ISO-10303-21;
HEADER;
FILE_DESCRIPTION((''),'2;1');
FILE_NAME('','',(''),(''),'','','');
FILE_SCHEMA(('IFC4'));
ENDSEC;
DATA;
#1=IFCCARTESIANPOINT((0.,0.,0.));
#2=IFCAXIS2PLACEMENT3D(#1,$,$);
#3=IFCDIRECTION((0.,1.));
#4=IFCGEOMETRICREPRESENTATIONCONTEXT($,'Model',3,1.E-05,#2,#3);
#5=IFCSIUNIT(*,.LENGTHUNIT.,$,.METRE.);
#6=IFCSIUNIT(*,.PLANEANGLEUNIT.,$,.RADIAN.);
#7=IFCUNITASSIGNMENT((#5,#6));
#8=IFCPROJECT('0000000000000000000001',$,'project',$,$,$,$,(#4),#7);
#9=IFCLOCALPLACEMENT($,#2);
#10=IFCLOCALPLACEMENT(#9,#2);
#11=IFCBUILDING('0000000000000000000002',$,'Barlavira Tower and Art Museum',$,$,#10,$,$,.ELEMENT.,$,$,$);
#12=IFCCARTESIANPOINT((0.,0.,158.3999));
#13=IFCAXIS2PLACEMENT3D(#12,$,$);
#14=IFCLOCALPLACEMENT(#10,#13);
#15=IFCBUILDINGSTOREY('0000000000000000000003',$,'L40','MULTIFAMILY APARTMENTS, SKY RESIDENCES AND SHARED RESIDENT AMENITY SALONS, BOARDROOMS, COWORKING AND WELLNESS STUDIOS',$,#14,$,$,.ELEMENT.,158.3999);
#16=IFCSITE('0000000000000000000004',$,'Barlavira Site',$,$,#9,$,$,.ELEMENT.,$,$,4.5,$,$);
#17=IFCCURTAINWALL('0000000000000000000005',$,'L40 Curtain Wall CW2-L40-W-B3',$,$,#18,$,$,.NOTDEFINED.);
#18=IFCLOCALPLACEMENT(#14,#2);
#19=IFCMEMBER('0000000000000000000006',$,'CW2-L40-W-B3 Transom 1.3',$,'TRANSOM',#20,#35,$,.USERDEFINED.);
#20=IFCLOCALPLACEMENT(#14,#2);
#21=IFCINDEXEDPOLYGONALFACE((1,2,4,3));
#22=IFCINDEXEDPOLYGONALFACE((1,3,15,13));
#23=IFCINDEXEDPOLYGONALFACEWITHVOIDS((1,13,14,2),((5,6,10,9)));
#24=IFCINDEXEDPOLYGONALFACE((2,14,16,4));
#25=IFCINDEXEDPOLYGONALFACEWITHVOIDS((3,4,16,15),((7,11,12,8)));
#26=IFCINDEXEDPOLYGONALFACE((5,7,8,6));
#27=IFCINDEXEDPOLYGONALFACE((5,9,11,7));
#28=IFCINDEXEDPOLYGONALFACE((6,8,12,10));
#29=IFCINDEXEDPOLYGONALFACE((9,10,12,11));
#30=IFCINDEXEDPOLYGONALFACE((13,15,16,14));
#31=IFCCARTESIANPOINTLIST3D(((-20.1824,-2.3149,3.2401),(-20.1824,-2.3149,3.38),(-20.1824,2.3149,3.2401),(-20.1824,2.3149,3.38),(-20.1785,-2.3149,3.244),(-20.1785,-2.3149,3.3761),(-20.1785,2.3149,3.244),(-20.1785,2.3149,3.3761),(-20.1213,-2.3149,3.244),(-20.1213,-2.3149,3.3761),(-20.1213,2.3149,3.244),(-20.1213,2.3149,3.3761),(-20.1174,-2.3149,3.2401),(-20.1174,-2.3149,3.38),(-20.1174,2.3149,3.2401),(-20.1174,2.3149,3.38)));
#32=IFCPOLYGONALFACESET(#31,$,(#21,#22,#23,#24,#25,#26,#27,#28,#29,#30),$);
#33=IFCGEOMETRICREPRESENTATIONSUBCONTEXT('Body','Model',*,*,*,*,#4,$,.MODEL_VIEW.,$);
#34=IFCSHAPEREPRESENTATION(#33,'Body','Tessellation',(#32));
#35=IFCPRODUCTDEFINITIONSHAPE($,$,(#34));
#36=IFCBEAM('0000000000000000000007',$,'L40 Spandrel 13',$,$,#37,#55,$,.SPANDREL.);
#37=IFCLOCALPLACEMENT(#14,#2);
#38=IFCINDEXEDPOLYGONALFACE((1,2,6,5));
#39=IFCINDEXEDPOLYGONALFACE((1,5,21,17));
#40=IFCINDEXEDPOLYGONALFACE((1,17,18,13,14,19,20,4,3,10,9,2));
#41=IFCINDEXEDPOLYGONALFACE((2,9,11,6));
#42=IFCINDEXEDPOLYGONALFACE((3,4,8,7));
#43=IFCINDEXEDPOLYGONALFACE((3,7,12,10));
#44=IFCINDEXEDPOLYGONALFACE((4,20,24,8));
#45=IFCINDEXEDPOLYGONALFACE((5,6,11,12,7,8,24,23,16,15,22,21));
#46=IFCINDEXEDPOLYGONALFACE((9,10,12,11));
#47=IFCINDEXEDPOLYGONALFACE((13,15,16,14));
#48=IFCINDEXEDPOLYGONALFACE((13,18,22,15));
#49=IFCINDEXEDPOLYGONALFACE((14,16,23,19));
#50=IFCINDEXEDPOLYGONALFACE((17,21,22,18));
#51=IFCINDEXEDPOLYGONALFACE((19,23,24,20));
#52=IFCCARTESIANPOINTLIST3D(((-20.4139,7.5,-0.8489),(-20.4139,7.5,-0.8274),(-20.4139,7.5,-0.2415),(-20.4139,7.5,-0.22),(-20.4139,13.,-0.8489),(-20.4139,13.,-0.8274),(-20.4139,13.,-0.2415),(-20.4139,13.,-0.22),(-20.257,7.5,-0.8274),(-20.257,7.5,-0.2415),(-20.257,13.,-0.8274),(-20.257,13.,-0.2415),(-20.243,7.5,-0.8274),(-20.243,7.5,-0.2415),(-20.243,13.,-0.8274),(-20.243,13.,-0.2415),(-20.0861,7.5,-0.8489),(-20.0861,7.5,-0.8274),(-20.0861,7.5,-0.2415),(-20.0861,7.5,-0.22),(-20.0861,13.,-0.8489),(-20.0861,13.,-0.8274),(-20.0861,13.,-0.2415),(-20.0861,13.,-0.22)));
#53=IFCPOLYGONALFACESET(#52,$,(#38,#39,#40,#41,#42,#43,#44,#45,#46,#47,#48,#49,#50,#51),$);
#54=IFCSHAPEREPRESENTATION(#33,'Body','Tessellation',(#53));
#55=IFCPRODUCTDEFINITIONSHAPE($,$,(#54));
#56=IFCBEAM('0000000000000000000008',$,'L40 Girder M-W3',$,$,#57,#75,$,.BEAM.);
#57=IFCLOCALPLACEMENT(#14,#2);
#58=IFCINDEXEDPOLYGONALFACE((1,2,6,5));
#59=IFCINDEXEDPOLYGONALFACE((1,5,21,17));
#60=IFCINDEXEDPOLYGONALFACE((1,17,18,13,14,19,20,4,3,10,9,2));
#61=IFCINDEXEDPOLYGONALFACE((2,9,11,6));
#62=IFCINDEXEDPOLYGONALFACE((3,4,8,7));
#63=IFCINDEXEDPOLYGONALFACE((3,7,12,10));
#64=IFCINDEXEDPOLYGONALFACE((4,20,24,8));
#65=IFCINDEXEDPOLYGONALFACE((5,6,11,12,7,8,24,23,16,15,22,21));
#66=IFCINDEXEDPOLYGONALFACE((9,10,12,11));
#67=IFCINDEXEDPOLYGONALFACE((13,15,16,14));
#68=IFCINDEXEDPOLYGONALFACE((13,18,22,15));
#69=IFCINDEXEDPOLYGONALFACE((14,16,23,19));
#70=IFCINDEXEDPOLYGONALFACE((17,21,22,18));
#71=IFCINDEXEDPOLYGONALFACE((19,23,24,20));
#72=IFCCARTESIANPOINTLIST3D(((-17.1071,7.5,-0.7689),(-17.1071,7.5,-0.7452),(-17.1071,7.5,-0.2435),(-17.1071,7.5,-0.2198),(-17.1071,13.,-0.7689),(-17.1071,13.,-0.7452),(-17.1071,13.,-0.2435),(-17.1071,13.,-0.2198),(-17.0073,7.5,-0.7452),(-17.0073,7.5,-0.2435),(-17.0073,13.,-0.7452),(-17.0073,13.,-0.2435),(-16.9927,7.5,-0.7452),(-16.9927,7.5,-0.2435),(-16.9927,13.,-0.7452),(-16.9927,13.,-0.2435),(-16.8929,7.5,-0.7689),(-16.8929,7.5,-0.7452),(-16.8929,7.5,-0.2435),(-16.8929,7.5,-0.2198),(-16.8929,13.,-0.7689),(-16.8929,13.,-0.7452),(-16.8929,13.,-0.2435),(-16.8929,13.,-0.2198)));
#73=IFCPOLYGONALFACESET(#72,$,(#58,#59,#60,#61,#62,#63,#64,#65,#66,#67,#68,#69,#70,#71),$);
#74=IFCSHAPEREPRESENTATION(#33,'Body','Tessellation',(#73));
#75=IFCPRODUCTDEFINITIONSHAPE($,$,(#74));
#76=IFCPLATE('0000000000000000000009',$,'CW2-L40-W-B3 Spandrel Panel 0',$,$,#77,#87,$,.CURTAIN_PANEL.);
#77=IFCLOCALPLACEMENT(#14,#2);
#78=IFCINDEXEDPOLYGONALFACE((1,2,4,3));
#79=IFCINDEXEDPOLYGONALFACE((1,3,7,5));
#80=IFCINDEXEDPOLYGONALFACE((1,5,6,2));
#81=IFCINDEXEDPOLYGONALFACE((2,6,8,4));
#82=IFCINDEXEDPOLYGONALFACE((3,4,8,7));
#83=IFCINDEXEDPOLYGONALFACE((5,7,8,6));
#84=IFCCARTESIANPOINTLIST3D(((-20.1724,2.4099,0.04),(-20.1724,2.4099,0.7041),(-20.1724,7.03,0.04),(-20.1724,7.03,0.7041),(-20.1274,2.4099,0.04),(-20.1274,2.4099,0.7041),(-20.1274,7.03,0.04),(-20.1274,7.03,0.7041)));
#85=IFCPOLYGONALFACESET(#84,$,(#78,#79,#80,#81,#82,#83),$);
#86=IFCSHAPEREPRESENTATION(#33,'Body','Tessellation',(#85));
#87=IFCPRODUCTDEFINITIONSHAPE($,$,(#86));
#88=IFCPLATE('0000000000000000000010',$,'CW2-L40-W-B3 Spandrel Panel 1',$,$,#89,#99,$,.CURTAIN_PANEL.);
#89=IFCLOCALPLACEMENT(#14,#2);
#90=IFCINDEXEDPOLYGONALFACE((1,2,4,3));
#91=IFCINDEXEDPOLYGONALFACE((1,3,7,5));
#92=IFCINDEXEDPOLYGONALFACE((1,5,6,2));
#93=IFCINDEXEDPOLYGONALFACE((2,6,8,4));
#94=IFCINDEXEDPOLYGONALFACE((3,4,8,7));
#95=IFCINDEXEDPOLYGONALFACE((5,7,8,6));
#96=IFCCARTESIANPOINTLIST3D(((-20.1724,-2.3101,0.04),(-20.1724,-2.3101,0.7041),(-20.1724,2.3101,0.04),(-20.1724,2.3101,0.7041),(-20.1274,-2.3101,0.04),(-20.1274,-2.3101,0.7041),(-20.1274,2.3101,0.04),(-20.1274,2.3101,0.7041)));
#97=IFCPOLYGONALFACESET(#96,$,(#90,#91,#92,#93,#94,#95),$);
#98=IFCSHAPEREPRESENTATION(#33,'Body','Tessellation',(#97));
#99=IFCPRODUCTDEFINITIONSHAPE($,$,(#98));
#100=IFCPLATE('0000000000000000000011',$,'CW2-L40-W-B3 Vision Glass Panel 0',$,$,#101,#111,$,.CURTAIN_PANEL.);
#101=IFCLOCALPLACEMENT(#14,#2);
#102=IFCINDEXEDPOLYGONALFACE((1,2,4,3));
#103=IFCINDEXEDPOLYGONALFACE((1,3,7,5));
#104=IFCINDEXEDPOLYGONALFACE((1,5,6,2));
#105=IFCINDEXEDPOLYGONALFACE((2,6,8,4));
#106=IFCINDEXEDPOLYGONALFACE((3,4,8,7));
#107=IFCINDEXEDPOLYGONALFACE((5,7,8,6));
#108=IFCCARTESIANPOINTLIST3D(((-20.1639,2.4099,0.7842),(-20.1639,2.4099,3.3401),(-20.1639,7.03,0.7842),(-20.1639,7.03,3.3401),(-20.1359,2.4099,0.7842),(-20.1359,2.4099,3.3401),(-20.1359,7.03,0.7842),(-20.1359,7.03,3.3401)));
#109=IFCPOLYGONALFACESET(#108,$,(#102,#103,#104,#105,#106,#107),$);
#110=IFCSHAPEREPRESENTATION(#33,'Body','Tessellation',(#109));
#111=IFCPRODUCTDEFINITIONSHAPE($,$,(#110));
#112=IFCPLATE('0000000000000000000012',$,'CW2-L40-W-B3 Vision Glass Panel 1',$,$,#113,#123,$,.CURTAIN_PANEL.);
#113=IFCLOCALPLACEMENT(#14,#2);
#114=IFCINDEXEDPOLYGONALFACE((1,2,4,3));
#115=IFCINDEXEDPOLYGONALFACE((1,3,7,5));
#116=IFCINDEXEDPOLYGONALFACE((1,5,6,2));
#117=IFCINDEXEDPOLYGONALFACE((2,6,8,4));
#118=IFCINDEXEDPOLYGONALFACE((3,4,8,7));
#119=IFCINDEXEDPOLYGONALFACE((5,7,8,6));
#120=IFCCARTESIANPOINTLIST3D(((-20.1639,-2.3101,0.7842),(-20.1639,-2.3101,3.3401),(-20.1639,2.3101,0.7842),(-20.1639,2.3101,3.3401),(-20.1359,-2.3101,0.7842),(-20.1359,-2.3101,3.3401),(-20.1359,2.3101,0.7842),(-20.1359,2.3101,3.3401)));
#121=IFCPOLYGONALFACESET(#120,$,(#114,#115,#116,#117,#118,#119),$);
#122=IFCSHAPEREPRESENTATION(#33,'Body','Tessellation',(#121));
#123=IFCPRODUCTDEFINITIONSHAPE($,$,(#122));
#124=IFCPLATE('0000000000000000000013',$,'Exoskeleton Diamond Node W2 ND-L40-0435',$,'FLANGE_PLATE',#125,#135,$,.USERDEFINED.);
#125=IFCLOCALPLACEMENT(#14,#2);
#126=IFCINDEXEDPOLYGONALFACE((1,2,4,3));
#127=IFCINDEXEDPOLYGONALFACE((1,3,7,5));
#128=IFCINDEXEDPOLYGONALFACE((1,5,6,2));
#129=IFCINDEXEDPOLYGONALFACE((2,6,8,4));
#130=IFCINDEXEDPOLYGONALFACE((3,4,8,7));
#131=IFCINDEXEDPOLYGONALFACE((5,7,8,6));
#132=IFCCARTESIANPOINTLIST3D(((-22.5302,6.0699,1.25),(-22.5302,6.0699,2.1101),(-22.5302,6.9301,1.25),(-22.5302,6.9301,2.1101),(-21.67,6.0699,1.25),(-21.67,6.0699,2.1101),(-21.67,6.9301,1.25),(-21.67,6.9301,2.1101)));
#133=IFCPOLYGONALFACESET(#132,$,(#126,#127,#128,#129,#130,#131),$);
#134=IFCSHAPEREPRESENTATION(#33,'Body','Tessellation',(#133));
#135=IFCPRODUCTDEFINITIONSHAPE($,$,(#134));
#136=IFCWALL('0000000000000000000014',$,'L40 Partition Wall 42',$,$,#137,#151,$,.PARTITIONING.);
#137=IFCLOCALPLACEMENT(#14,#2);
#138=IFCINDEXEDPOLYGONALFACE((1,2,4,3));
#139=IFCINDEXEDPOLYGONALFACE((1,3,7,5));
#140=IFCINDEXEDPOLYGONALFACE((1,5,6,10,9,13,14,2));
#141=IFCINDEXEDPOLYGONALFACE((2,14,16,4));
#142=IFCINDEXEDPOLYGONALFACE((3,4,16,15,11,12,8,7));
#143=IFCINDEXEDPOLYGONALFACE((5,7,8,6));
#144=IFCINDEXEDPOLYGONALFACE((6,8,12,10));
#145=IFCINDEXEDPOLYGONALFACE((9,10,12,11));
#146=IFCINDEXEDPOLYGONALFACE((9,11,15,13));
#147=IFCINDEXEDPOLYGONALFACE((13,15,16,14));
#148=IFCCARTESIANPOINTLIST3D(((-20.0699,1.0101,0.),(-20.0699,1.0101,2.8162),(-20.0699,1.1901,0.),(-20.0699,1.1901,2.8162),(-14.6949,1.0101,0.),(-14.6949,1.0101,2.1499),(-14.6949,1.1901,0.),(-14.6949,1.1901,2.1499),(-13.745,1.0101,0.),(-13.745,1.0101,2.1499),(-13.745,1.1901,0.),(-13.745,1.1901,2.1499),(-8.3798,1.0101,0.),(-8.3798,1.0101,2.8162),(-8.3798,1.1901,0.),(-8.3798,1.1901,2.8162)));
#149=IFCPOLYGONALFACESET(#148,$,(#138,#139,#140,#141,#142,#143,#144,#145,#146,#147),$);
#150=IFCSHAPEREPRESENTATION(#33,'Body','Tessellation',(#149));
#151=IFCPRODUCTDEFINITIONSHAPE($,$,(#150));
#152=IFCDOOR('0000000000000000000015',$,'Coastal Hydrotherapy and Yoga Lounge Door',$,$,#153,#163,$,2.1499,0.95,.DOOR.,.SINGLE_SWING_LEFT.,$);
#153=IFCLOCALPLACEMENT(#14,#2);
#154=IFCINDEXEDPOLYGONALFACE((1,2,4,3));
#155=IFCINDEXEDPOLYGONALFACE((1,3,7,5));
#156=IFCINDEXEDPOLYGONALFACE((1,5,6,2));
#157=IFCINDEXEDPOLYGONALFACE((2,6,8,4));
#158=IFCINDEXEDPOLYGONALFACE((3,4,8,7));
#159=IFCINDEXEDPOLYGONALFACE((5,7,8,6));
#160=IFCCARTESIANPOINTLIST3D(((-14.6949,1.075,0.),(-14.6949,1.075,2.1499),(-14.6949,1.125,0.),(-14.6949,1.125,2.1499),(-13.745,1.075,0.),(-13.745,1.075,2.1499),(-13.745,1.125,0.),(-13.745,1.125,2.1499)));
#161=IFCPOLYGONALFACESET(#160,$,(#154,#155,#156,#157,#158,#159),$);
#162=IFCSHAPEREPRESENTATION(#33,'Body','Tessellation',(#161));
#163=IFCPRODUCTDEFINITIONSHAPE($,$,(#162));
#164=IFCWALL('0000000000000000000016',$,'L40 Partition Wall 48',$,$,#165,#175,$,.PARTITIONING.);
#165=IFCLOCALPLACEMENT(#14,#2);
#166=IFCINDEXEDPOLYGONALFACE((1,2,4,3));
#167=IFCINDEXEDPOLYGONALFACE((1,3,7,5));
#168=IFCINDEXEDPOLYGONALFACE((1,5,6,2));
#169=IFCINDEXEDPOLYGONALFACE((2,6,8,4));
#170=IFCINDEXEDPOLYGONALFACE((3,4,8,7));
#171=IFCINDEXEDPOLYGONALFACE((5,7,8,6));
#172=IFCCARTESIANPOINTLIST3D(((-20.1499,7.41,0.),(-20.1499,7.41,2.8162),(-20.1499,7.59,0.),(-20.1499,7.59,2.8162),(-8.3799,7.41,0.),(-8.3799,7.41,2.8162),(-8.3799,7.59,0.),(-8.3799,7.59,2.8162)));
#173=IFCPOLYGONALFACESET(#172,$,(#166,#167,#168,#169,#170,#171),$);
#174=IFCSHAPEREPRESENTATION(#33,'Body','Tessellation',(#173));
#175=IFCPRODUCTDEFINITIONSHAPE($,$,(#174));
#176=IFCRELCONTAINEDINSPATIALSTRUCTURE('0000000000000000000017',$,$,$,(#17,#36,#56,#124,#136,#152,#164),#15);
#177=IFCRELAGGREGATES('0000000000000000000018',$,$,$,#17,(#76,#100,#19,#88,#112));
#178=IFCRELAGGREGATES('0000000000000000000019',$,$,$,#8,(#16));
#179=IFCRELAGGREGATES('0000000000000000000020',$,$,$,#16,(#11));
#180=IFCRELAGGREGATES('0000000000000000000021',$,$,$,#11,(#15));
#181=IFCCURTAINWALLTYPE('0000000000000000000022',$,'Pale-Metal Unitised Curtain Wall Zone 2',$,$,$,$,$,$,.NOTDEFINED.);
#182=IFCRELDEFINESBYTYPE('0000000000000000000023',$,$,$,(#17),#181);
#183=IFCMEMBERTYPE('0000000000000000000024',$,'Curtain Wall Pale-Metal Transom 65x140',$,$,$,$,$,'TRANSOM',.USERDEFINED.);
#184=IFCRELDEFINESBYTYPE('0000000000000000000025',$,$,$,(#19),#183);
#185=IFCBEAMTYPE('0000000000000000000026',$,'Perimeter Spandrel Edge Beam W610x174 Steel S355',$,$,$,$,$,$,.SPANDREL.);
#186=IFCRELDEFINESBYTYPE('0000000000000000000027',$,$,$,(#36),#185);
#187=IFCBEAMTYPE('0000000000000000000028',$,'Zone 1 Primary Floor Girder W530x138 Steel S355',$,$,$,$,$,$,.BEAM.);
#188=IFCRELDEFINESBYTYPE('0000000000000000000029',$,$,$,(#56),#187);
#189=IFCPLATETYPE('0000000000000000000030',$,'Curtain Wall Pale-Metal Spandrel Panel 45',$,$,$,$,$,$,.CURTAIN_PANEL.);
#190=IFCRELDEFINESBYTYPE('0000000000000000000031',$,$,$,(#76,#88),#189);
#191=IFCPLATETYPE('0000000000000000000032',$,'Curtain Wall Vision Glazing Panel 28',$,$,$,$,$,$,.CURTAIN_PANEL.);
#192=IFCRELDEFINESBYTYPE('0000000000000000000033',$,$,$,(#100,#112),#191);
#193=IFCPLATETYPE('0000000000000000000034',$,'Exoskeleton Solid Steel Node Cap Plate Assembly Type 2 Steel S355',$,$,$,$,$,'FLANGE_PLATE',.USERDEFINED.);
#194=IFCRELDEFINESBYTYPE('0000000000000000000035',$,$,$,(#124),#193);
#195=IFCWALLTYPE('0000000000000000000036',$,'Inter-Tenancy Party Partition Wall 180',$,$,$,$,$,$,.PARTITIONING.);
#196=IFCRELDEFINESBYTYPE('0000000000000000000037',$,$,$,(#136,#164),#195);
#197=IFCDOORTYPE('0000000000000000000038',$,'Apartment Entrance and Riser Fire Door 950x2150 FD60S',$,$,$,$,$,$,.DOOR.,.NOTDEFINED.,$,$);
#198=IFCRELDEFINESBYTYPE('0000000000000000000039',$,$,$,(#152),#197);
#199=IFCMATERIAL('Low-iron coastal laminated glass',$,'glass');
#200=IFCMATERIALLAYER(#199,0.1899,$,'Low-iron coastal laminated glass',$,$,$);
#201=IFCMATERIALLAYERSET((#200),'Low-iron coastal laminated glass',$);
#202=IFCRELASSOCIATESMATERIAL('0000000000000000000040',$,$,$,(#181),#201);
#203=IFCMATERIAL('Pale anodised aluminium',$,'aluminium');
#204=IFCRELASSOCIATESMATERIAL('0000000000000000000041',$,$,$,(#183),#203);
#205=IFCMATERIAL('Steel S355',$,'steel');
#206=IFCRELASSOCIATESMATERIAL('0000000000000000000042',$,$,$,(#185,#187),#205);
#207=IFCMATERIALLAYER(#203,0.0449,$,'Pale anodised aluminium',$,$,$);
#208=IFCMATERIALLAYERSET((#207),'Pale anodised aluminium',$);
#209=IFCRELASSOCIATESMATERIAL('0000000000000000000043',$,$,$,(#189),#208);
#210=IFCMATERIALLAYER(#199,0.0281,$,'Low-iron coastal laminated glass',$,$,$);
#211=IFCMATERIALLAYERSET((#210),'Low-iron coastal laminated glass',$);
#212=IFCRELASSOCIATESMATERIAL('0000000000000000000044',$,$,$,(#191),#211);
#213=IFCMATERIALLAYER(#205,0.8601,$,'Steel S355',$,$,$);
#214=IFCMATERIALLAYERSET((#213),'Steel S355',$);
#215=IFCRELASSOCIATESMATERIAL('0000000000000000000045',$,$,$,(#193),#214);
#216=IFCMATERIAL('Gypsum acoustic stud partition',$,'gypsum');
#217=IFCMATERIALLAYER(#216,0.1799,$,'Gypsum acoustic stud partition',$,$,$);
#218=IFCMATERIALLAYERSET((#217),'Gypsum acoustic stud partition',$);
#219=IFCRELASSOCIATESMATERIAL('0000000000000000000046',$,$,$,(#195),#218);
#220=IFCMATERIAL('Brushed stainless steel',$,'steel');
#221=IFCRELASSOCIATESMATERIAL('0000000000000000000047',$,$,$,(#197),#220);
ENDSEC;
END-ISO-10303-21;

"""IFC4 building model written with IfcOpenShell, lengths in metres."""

from ifc_helpers import new_model, si_unit, direction, frame, frame_2d, origin, origin_2d, place, context, subcontext, project, spatial, rectangle, hollow_rectangle, i_section, extrude, material, layer, layer_set, material_profile, profile_set, type_object, element, fill, aggregate, save


model = new_model("IFC4")

# Units and contexts
model_context = context("Model", 3, precision=1e-05, world=origin(), true_north=direction((0.0, 1.0)))
body_context = subcontext(model_context, "Body", "Model", "MODEL_VIEW")
ifc_project = project(units=[si_unit("LENGTHUNIT", "METRE"), si_unit("PLANEANGLEUNIT", "RADIAN")], contexts=[model_context])

# Site, building, storey
site_placement = place(None, origin())
site = spatial("IfcSite", under=ifc_project, at=site_placement, Name="Barlavira Site", CompositionType="ELEMENT", RefElevation=4.5)
building_placement = place(site_placement, origin())
building = spatial("IfcBuilding", under=site, at=building_placement, Name="Barlavira Tower and Art Museum", CompositionType="ELEMENT")
storey_placement = place(building_placement, frame((0.0, 0.0, 158.3999)))
storey = spatial("IfcBuildingStorey", under=building, at=storey_placement, Name="L40", Description="MULTIFAMILY APARTMENTS, SKY RESIDENCES AND SHARED RESIDENT AMENITY SALONS, BOARDROOMS, COWORKING AND WELLNESS STUDIOS", CompositionType="ELEMENT", Elevation=158.3999)

# Shared definitions
ifc_material_1 = material(Name="Steel S355", Category="steel")

# Curtain wall, member
ifc_material_2 = material(Name="Low-iron coastal laminated glass", Category="glass")
ifc_layer_1 = layer(ifc_material_2, 0.1899, Name="Low-iron coastal laminated glass")
ifc_layer_set_1 = layer_set([ifc_layer_1], Name="Low-iron coastal laminated glass")
curtain_wall_type = type_object("IfcCurtainWallType", Name="Pale-Metal Unitised Curtain Wall Zone 2", PredefinedType="NOTDEFINED", material=ifc_layer_set_1)
curtain_wall_placement = place(storey_placement, origin())
curtain_wall = element("IfcCurtainWall", 1, at=curtain_wall_placement, inside=storey, type_object=curtain_wall_type, Name="L40 Curtain Wall CW2-L40-W-B3", PredefinedType="NOTDEFINED")
ifc_material_3 = material(Name="Pale anodised aluminium", Category="aluminium")
ifc_material_profile_1 = material_profile(ifc_material_3, hollow_rectangle(XDim=0.0649, YDim=0.1399, WallThickness=0.0039, at=origin_2d()), Name="ALU-TRAN 65x140x4")
ifc_profile_set_1 = profile_set([ifc_material_profile_1], Name="Pale anodised aluminium")
member_type_1 = type_object("IfcMemberType", Name="Curtain Wall Pale-Metal Transom 65x140", ElementType="TRANSOM", PredefinedType="USERDEFINED", material=ifc_profile_set_1)
member_1_placement = place(storey_placement, frame((-20.1499, 2.3149, 3.3101), z_axis=(0.0, -1.0, 0.0), x_axis=(1.0, 0.0, 0.0)))
member_1 = element("IfcMember", 2, at=member_1_placement, type_object=member_type_1, Name="CW2-L40-W-B3 Transom 1.3", ObjectType="TRANSOM", PredefinedType="USERDEFINED", context=body_context, shape_type="SweptSolid", body=[
    extrude(hollow_rectangle(XDim=0.0649, YDim=0.1399, WallThickness=0.0039, at=origin_2d()), origin(), (0.0, 0.0, 1.0), 4.6299),
])

# Beams
ifc_material_profile_2 = material_profile(ifc_material_1, i_section(OverallWidth=0.3279, OverallDepth=0.6289, WebThickness=0.0139, FlangeThickness=0.0215, at=origin_2d()), Name="W610x174.0")
ifc_profile_set_2 = profile_set([ifc_material_profile_2], Name="Steel S355")
beam_type_1 = type_object("IfcBeamType", Name="Perimeter Spandrel Edge Beam W610x174 Steel S355", PredefinedType="SPANDREL", material=ifc_profile_set_2)
beam_1_placement = place(storey_placement, frame((-20.25, 7.5, -0.5344), z_axis=(0.0, 1.0, 0.0), x_axis=(-1.0, 0.0, 0.0)))
element("IfcBeam", 3, at=beam_1_placement, inside=storey, type_object=beam_type_1, Name="L40 Spandrel 13", PredefinedType="SPANDREL", context=body_context, shape_type="SweptSolid", body=[
    extrude(i_section(OverallWidth=0.3279, OverallDepth=0.6289, WebThickness=0.0139, FlangeThickness=0.0215, at=origin_2d()), origin(), (0.0, 0.0, 1.0), 5.5),
])
ifc_material_profile_3 = material_profile(ifc_material_1, i_section(OverallWidth=0.2141, OverallDepth=0.5491, WebThickness=0.0146, FlangeThickness=0.0237, at=origin_2d()), Name="W530x138.0")
ifc_profile_set_3 = profile_set([ifc_material_profile_3], Name="Steel S355")
beam_type_2 = type_object("IfcBeamType", Name="Zone 1 Primary Floor Girder W530x138 Steel S355", PredefinedType="BEAM", material=ifc_profile_set_3)
beam_2_placement = place(storey_placement, frame((-17.0, 7.5, -0.4944), z_axis=(0.0, 1.0, 0.0), x_axis=(-1.0, 0.0, 0.0)))
element("IfcBeam", 4, at=beam_2_placement, inside=storey, type_object=beam_type_2, Name="L40 Girder M-W3", PredefinedType="BEAM", context=body_context, shape_type="SweptSolid", body=[
    extrude(i_section(OverallWidth=0.2141, OverallDepth=0.5491, WebThickness=0.0146, FlangeThickness=0.0237, at=origin_2d()), origin(), (0.0, 0.0, 1.0), 5.5),
])

# Plates
ifc_layer_2 = layer(ifc_material_3, 0.0449, Name="Pale anodised aluminium")
ifc_layer_set_2 = layer_set([ifc_layer_2], Name="Pale anodised aluminium")
plate_type_1 = type_object("IfcPlateType", Name="Curtain Wall Pale-Metal Spandrel Panel 45", PredefinedType="CURTAIN_PANEL", material=ifc_layer_set_2)
plate_1_placement = place(storey_placement, frame((-20.1499, 4.72, 0.04), z_axis=(0.0, 0.0, 1.0), x_axis=(0.0, -1.0, 0.0)))
plate_1 = element("IfcPlate", 5, at=plate_1_placement, type_object=plate_type_1, Name="CW2-L40-W-B3 Spandrel Panel 0", PredefinedType="CURTAIN_PANEL", context=body_context, shape_type="SweptSolid", body=[
    extrude(rectangle(XDim=4.6201, YDim=0.0449, at=origin_2d()), origin(), (0.0, 0.0, 1.0), 0.6641),
])
plate_2_placement = place(storey_placement, frame((-20.1499, 0.0, 0.04), z_axis=(0.0, 0.0, 1.0), x_axis=(0.0, -1.0, 0.0)))
plate_2 = element("IfcPlate", 6, at=plate_2_placement, type_object=plate_type_1, Name="CW2-L40-W-B3 Spandrel Panel 1", PredefinedType="CURTAIN_PANEL", context=body_context, shape_type="SweptSolid", body=[
    extrude(rectangle(XDim=4.6201, YDim=0.0449, at=origin_2d()), origin(), (0.0, 0.0, 1.0), 0.6641),
])
ifc_layer_3 = layer(ifc_material_2, 0.0281, Name="Low-iron coastal laminated glass")
ifc_layer_set_3 = layer_set([ifc_layer_3], Name="Low-iron coastal laminated glass")
plate_type_2 = type_object("IfcPlateType", Name="Curtain Wall Vision Glazing Panel 28", PredefinedType="CURTAIN_PANEL", material=ifc_layer_set_3)
plate_3_placement = place(storey_placement, frame((-20.1499, 4.72, 0.7842), z_axis=(0.0, 0.0, 1.0), x_axis=(0.0, -1.0, 0.0)))
plate_3 = element("IfcPlate", 7, at=plate_3_placement, type_object=plate_type_2, Name="CW2-L40-W-B3 Vision Glass Panel 0", PredefinedType="CURTAIN_PANEL", context=body_context, shape_type="SweptSolid", body=[
    extrude(rectangle(XDim=4.6201, YDim=0.0281, at=origin_2d()), origin(), (0.0, 0.0, 1.0), 2.5559),
])
plate_4_placement = place(storey_placement, frame((-20.1499, 0.0, 0.7842), z_axis=(0.0, 0.0, 1.0), x_axis=(0.0, -1.0, 0.0)))
plate_4 = element("IfcPlate", 8, at=plate_4_placement, type_object=plate_type_2, Name="CW2-L40-W-B3 Vision Glass Panel 1", PredefinedType="CURTAIN_PANEL", context=body_context, shape_type="SweptSolid", body=[
    extrude(rectangle(XDim=4.6201, YDim=0.0281, at=origin_2d()), origin(), (0.0, 0.0, 1.0), 2.5559),
])
aggregate(curtain_wall, [plate_1, plate_3, member_1, plate_2, plate_4])
ifc_layer_4 = layer(ifc_material_1, 0.8601, Name="Steel S355")
ifc_layer_set_4 = layer_set([ifc_layer_4], Name="Steel S355")
plate_type_3 = type_object("IfcPlateType", Name="Exoskeleton Solid Steel Node Cap Plate Assembly Type 2 Steel S355", ElementType="FLANGE_PLATE", PredefinedType="USERDEFINED", material=ifc_layer_set_4)
plate_5_placement = place(storey_placement, frame((-22.1001, 6.5, 1.25), z_axis=(0.0, 0.0, 1.0), x_axis=(1.0, 0.0, 0.0)))
element("IfcPlate", 9, at=plate_5_placement, inside=storey, type_object=plate_type_3, Name="Exoskeleton Diamond Node W2 ND-L40-0435", ObjectType="FLANGE_PLATE", PredefinedType="USERDEFINED", context=body_context, shape_type="SweptSolid", body=[
    extrude(rectangle(XDim=0.8601, YDim=0.8601, at=origin_2d()), origin(), (0.0, 0.0, 1.0), 0.8601),
])

# Wall, opening, door
ifc_material_4 = material(Name="Gypsum acoustic stud partition", Category="gypsum")
ifc_layer_5 = layer(ifc_material_4, 0.1799, Name="Gypsum acoustic stud partition")
ifc_layer_set_5 = layer_set([ifc_layer_5], Name="Gypsum acoustic stud partition")
wall_type = type_object("IfcWallType", Name="Inter-Tenancy Party Partition Wall 180", PredefinedType="PARTITIONING", material=ifc_layer_set_5)
wall_1_placement = place(storey_placement, frame((-20.0701, 1.1001, 0.0), z_axis=(0.0, 0.0, 1.0), x_axis=(1.0, 0.0, 0.0)))
wall_1 = element("IfcWall", 10, at=wall_1_placement, inside=storey, type_object=wall_type, Name="L40 Partition Wall 42", PredefinedType="PARTITIONING", context=body_context, shape_type="SweptSolid", body=[
    extrude(rectangle(XDim=11.6902, YDim=0.1799, at=frame_2d((5.8452, 0.0))), origin(), (0.0, 0.0, 1.0), 2.8162),
])
opening_placement = place(wall_1_placement, frame((5.375, 0.0, 0.0)))
opening = element("IfcOpeningElement", 11, at=opening_placement, cuts=wall_1, PredefinedType="OPENING", context=body_context, shape_type="SweptSolid", body=[
    extrude(rectangle(XDim=0.95, YDim=2.1499, at=frame_2d((0.4751, 1.075))), frame((0.0, 0.1001, 0.0), z_axis=(0.0, -1.0, 0.0), x_axis=(1.0, 0.0, 0.0)), (0.0, 0.0, 1.0), 0.2),
])
ifc_material_5 = material(Name="Brushed stainless steel", Category="steel")
door_type = type_object("IfcDoorType", Name="Apartment Entrance and Riser Fire Door 950x2150 FD60S", OperationType="NOTDEFINED", PredefinedType="DOOR", material=ifc_material_5)
door_placement = place(opening_placement, origin())
door = element("IfcDoor", 12, at=door_placement, inside=storey, type_object=door_type, Name="Coastal Hydrotherapy and Yoga Lounge Door", OperationType="SINGLE_SWING_LEFT", OverallHeight=2.1499, OverallWidth=0.95, PredefinedType="DOOR", context=body_context, shape_type="SweptSolid", body=[
    extrude(rectangle(XDim=0.95, YDim=2.1499, at=frame_2d((0.4751, 1.075))), frame((0.0, 0.0249, 0.0), z_axis=(0.0, -1.0, 0.0), x_axis=(1.0, 0.0, 0.0)), (0.0, 0.0, 1.0), 0.05),
])
fill(opening, door)

# Wall
wall_2_placement = place(storey_placement, frame((-20.1499, 7.5, 0.0), z_axis=(0.0, 0.0, 1.0), x_axis=(1.0, 0.0, 0.0)))
element("IfcWall", 13, at=wall_2_placement, inside=storey, type_object=wall_type, Name="L40 Partition Wall 48", PredefinedType="PARTITIONING", context=body_context, shape_type="SweptSolid", body=[
    extrude(rectangle(XDim=11.77, YDim=0.1799, at=frame_2d((5.885, 0.0))), origin(), (0.0, 0.0, 1.0), 2.8162),
])

save(model, "model.ifc")
